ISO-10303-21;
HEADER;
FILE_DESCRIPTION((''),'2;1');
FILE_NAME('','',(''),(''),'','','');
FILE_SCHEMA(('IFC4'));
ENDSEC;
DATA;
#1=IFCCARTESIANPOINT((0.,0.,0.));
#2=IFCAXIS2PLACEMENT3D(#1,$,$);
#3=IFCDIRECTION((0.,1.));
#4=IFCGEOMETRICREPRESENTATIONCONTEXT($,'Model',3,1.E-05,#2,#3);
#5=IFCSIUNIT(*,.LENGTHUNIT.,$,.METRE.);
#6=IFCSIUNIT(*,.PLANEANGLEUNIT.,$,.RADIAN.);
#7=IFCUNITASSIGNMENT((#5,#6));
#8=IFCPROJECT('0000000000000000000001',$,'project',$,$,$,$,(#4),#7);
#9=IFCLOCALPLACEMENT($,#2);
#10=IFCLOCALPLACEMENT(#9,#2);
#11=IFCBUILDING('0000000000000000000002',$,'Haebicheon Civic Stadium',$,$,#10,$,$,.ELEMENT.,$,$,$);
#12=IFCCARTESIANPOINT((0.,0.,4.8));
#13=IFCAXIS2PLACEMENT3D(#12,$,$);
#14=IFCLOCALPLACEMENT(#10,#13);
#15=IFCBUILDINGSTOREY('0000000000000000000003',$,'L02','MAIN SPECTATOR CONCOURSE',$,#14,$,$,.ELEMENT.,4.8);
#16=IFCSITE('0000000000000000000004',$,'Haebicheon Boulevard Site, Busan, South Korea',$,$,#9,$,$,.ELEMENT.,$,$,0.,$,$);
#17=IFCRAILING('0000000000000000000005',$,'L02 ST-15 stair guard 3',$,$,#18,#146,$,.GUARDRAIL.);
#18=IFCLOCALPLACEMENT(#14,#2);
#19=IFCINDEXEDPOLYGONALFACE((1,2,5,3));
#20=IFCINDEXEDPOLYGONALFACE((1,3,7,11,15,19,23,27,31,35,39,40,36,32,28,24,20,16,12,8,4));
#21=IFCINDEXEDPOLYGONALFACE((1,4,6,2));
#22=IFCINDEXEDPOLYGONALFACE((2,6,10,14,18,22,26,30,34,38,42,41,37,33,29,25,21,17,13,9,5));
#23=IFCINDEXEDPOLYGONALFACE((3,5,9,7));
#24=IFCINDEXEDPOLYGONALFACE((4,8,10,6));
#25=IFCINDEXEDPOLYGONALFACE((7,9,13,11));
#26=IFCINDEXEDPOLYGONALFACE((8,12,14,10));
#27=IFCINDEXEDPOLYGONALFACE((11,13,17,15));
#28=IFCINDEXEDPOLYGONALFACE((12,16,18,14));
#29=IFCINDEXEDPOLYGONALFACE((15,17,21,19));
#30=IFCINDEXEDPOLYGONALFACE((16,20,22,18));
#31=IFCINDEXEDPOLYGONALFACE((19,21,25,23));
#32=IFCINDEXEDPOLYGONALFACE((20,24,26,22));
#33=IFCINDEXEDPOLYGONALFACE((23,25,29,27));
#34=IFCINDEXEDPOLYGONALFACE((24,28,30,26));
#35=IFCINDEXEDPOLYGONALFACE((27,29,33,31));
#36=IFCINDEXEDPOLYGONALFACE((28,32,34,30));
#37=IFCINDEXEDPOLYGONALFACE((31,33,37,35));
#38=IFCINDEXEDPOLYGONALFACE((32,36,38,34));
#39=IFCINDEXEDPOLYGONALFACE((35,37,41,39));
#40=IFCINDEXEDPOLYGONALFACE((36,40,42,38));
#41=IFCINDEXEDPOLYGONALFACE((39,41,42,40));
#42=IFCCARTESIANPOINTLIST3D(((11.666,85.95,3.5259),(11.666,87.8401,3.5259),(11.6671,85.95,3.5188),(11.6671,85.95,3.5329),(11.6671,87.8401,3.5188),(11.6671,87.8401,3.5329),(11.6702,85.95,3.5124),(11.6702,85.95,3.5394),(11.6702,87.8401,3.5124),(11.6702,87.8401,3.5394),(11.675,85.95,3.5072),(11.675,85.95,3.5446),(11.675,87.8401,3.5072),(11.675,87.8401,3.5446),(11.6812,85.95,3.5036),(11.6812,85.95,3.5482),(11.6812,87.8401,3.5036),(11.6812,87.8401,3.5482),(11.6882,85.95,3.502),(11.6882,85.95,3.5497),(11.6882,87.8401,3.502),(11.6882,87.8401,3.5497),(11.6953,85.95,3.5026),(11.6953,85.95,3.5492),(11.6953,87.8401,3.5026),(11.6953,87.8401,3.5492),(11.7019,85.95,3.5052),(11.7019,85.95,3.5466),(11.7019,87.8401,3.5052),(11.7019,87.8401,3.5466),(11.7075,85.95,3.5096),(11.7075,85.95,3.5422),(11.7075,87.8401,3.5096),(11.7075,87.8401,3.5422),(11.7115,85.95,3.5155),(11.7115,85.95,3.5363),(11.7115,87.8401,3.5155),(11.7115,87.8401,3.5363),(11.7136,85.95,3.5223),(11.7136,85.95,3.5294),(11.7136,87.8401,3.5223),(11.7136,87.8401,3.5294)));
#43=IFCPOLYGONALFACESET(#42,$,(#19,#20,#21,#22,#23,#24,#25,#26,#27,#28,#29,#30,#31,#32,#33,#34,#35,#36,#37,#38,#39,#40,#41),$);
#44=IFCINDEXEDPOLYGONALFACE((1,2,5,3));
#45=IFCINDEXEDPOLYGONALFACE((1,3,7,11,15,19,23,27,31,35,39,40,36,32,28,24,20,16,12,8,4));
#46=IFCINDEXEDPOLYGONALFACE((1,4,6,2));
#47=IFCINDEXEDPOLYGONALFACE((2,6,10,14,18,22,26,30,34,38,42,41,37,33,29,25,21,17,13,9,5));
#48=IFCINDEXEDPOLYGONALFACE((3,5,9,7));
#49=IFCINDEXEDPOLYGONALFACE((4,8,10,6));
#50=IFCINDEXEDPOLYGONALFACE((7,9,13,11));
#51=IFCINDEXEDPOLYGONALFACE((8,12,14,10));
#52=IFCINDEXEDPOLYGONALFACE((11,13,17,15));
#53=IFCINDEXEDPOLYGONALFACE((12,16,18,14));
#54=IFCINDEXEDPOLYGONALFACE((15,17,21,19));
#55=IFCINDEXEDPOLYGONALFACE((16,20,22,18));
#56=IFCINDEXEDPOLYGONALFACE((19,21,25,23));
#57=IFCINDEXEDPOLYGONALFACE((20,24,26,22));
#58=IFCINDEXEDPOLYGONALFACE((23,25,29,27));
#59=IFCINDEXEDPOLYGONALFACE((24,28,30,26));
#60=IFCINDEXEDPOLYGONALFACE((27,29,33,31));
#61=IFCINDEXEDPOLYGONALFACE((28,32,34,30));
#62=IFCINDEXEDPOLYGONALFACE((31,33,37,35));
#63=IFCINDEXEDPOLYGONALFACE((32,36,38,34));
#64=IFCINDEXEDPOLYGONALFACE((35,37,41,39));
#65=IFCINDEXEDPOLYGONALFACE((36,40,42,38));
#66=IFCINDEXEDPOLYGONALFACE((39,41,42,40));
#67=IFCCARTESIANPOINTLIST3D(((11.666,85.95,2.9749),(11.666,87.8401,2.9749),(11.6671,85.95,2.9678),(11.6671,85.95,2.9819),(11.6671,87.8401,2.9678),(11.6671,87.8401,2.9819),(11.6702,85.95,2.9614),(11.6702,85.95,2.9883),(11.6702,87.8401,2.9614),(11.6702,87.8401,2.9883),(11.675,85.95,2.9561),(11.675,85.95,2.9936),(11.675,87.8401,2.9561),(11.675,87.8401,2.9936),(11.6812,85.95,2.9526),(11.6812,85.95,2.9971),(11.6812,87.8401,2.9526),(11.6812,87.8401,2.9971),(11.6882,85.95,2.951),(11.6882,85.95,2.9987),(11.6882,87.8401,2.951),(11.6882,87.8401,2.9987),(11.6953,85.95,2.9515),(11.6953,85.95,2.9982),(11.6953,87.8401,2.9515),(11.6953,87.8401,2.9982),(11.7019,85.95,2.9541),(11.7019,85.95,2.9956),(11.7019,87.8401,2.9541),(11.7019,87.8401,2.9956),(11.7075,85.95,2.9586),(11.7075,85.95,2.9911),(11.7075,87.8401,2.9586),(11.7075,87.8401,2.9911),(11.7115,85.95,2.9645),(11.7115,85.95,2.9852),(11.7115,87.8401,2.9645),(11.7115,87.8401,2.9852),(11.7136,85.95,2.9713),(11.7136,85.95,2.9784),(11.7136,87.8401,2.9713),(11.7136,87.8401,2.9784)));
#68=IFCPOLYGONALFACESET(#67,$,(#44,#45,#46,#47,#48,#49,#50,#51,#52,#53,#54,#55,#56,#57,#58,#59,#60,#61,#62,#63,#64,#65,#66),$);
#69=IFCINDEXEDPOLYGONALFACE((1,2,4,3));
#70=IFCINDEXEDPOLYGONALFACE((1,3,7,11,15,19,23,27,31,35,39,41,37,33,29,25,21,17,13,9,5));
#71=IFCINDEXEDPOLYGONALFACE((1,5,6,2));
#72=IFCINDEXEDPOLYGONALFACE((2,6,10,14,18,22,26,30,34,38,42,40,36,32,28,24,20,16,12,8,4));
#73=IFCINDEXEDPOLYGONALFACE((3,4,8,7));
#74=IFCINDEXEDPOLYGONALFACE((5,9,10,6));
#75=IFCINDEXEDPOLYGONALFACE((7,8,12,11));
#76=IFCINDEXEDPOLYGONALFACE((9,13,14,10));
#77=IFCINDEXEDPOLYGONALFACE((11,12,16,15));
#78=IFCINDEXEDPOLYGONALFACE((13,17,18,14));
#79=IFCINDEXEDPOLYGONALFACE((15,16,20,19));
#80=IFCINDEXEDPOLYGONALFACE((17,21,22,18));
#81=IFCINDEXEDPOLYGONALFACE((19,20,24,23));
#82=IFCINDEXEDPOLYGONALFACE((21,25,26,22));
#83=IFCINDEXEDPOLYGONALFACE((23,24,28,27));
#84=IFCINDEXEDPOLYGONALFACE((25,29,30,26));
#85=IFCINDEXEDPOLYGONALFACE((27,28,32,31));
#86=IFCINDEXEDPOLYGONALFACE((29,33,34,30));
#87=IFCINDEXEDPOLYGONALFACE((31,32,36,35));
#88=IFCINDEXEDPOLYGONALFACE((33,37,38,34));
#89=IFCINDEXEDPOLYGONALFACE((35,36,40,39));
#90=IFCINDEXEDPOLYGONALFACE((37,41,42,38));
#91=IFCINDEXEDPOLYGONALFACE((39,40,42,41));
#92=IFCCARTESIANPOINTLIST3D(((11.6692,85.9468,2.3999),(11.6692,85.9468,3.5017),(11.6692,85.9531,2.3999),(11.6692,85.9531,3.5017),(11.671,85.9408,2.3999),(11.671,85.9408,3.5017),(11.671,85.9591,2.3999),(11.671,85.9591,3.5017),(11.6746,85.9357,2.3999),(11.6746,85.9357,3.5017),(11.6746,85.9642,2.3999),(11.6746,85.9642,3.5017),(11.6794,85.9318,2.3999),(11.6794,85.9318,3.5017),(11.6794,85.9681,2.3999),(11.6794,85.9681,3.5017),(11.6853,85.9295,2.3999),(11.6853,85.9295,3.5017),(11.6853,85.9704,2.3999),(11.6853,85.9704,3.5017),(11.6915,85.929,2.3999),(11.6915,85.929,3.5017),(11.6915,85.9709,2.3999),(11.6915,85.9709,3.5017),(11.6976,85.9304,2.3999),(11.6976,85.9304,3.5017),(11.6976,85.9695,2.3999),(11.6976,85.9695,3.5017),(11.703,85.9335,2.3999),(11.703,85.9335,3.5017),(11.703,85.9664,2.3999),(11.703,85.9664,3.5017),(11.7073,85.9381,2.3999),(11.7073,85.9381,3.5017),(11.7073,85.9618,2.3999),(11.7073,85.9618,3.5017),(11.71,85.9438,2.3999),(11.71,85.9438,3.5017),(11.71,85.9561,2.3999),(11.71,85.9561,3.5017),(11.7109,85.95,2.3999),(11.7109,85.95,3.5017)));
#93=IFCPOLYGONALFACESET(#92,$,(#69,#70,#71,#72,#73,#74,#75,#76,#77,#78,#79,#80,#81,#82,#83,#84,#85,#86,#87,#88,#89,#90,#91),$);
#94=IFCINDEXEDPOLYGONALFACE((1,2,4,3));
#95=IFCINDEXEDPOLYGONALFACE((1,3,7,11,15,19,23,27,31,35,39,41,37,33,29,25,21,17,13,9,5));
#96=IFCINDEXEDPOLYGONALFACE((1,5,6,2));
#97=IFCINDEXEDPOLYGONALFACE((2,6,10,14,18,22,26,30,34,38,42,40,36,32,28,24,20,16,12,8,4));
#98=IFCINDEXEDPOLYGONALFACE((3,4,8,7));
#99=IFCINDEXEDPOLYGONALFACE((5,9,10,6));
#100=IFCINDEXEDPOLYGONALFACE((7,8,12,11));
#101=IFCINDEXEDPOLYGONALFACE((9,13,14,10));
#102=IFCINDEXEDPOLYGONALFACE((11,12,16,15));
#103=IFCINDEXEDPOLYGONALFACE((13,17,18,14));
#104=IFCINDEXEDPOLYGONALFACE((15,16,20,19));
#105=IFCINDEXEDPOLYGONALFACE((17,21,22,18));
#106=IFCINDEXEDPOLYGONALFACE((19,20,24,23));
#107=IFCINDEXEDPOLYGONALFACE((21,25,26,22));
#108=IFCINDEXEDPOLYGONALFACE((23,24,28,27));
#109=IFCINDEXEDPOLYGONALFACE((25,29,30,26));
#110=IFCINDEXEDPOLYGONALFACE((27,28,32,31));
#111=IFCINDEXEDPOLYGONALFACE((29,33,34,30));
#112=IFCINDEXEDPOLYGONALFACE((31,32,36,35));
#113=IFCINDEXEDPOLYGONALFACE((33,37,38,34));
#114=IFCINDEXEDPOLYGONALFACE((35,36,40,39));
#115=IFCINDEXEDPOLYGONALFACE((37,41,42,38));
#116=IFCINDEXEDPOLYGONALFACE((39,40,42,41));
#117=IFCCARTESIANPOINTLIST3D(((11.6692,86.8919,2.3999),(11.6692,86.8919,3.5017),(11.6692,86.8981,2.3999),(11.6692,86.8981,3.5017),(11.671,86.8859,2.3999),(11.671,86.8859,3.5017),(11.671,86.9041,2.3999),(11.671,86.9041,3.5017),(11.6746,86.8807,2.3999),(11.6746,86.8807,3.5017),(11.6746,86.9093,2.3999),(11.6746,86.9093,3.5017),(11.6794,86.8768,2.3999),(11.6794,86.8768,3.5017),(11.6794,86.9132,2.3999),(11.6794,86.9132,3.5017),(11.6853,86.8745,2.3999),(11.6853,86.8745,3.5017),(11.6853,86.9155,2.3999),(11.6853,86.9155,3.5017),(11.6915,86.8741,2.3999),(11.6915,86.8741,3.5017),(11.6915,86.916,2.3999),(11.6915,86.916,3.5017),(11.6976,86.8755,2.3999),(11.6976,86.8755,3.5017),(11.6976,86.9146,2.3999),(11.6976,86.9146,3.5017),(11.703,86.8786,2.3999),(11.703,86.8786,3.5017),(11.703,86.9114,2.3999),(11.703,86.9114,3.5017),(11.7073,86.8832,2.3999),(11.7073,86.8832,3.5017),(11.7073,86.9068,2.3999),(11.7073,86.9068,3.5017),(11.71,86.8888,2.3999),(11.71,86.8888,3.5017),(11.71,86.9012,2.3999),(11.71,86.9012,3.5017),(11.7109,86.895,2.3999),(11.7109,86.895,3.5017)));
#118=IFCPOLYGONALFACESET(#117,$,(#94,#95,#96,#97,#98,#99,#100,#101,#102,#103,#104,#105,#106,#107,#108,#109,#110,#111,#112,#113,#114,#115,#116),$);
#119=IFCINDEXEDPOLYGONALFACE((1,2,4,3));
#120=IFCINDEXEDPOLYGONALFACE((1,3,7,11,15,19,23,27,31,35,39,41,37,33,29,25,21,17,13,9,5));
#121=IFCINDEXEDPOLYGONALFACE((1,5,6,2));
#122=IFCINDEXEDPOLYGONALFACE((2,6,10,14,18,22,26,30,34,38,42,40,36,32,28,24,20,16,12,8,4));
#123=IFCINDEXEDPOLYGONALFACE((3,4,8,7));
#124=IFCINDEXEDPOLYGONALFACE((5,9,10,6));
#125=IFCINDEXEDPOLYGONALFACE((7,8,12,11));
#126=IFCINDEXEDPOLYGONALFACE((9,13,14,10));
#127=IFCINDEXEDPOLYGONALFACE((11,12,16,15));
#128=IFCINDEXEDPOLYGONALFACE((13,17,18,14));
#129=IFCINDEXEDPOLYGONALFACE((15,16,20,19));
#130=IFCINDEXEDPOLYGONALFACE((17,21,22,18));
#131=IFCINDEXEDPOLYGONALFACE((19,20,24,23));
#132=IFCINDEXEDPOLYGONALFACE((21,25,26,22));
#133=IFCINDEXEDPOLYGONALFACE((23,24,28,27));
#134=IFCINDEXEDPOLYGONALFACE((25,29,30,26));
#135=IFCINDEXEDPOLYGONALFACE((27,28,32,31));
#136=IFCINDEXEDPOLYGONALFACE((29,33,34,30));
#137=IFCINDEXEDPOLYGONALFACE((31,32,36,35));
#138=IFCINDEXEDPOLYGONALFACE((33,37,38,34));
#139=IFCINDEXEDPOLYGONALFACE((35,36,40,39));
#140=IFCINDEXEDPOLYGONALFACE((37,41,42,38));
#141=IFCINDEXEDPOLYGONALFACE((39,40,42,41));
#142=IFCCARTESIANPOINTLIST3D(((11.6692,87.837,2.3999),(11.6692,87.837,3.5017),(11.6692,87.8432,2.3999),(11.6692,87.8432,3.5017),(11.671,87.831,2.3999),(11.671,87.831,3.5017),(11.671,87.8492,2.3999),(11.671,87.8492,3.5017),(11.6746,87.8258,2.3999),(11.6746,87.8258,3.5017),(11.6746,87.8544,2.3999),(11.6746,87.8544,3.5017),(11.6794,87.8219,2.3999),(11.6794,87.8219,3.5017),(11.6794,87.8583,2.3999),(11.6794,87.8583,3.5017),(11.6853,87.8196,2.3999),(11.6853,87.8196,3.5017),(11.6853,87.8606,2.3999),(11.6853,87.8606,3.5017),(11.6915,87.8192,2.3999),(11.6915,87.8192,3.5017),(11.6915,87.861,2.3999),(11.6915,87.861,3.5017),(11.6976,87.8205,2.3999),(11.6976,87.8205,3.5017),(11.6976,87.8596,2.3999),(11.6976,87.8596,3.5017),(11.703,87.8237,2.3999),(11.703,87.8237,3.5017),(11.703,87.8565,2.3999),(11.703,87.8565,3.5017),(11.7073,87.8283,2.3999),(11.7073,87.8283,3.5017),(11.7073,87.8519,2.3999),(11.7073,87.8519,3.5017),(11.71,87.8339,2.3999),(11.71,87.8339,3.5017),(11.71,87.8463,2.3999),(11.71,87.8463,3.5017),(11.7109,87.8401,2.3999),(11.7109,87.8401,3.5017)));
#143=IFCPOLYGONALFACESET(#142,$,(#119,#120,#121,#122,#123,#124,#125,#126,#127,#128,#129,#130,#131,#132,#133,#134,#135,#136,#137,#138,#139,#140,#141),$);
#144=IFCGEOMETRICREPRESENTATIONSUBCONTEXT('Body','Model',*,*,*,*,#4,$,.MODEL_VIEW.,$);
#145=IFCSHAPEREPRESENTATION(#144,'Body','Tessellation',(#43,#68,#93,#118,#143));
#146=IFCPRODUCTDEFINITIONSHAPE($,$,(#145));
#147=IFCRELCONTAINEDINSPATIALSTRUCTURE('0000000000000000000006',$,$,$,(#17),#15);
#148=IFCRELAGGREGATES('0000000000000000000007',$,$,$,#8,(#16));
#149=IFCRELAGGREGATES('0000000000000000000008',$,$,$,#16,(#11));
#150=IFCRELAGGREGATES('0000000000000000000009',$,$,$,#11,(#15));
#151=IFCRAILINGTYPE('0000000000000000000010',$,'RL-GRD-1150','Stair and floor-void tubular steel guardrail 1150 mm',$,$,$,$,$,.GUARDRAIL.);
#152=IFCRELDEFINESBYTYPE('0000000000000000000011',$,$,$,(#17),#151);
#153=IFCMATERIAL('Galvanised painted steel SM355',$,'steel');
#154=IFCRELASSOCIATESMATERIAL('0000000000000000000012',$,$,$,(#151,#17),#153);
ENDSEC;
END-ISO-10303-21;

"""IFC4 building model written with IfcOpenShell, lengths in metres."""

from ifc_helpers import new_model, si_unit, direction, frame, origin, origin_2d, place, context, subcontext, project, spatial, circle, extrude, material, type_object, element, save


model = new_model("IFC4")

# Units and contexts
model_context = context("Model", 3, precision=1e-05, world=origin(), true_north=direction((0.0, 1.0)))
body_context = subcontext(model_context, "Body", "Model", "MODEL_VIEW")
ifc_project = project(units=[si_unit("LENGTHUNIT", "METRE"), si_unit("PLANEANGLEUNIT", "RADIAN")], contexts=[model_context])

# Site, building, storey
site_placement = place(None, origin())
site = spatial("IfcSite", under=ifc_project, at=site_placement, Name="Haebicheon Boulevard Site, Busan, South Korea", CompositionType="ELEMENT", RefElevation=0.0)
building_placement = place(site_placement, origin())
building = spatial("IfcBuilding", under=site, at=building_placement, Name="Haebicheon Civic Stadium", CompositionType="ELEMENT")
storey_placement = place(building_placement, frame((0.0, 0.0, 4.8)))
storey = spatial("IfcBuildingStorey", under=building, at=storey_placement, Name="L02", Description="MAIN SPECTATOR CONCOURSE", CompositionType="ELEMENT", Elevation=4.8)

# Railing
ifc_material_1 = material(Name="Galvanised painted steel SM355", Category="steel")
railing_type_1 = type_object("IfcRailingType", Name="RL-GRD-1150", Description="Stair and floor-void tubular steel guardrail 1150 mm", PredefinedType="GUARDRAIL", material=ifc_material_1)
for number, where, name in (
    (1, (11.6899, 85.95, 2.3999), "L02 ST-15 stair guard 3"),
):
    element("IfcRailing", number, at=place(storey_placement, frame(where)), inside=storey, type_object=railing_type_1, material=ifc_material_1, Name=name, PredefinedType="GUARDRAIL", context=body_context, shape_type="SweptSolid", body=[
        extrude(circle(Radius=0.0239, at=origin_2d()), frame((0.0, 0.0, 1.126), z_axis=(0.0, 1.0, 0.0), x_axis=(-1.0, 0.0, 0.0)), (0.0, 0.0, 1.0), 1.8901),
        extrude(circle(Radius=0.0239, at=origin_2d()), frame((0.0, 0.0, 0.575), z_axis=(0.0, 1.0, 0.0), x_axis=(-1.0, 0.0, 0.0)), (0.0, 0.0, 1.0), 1.8901),
        extrude(circle(Radius=0.021, at=origin_2d()), origin(), (0.0, 0.0, 1.0), 1.1018),
        extrude(circle(Radius=0.021, at=origin_2d()), frame((0.0, 0.9451, 0.0)), (0.0, 0.0, 1.0), 1.1018),
        extrude(circle(Radius=0.021, at=origin_2d()), frame((0.0, 1.8901, 0.0)), (0.0, 0.0, 1.0), 1.1018),
    ])

save(model, "model.ifc")
